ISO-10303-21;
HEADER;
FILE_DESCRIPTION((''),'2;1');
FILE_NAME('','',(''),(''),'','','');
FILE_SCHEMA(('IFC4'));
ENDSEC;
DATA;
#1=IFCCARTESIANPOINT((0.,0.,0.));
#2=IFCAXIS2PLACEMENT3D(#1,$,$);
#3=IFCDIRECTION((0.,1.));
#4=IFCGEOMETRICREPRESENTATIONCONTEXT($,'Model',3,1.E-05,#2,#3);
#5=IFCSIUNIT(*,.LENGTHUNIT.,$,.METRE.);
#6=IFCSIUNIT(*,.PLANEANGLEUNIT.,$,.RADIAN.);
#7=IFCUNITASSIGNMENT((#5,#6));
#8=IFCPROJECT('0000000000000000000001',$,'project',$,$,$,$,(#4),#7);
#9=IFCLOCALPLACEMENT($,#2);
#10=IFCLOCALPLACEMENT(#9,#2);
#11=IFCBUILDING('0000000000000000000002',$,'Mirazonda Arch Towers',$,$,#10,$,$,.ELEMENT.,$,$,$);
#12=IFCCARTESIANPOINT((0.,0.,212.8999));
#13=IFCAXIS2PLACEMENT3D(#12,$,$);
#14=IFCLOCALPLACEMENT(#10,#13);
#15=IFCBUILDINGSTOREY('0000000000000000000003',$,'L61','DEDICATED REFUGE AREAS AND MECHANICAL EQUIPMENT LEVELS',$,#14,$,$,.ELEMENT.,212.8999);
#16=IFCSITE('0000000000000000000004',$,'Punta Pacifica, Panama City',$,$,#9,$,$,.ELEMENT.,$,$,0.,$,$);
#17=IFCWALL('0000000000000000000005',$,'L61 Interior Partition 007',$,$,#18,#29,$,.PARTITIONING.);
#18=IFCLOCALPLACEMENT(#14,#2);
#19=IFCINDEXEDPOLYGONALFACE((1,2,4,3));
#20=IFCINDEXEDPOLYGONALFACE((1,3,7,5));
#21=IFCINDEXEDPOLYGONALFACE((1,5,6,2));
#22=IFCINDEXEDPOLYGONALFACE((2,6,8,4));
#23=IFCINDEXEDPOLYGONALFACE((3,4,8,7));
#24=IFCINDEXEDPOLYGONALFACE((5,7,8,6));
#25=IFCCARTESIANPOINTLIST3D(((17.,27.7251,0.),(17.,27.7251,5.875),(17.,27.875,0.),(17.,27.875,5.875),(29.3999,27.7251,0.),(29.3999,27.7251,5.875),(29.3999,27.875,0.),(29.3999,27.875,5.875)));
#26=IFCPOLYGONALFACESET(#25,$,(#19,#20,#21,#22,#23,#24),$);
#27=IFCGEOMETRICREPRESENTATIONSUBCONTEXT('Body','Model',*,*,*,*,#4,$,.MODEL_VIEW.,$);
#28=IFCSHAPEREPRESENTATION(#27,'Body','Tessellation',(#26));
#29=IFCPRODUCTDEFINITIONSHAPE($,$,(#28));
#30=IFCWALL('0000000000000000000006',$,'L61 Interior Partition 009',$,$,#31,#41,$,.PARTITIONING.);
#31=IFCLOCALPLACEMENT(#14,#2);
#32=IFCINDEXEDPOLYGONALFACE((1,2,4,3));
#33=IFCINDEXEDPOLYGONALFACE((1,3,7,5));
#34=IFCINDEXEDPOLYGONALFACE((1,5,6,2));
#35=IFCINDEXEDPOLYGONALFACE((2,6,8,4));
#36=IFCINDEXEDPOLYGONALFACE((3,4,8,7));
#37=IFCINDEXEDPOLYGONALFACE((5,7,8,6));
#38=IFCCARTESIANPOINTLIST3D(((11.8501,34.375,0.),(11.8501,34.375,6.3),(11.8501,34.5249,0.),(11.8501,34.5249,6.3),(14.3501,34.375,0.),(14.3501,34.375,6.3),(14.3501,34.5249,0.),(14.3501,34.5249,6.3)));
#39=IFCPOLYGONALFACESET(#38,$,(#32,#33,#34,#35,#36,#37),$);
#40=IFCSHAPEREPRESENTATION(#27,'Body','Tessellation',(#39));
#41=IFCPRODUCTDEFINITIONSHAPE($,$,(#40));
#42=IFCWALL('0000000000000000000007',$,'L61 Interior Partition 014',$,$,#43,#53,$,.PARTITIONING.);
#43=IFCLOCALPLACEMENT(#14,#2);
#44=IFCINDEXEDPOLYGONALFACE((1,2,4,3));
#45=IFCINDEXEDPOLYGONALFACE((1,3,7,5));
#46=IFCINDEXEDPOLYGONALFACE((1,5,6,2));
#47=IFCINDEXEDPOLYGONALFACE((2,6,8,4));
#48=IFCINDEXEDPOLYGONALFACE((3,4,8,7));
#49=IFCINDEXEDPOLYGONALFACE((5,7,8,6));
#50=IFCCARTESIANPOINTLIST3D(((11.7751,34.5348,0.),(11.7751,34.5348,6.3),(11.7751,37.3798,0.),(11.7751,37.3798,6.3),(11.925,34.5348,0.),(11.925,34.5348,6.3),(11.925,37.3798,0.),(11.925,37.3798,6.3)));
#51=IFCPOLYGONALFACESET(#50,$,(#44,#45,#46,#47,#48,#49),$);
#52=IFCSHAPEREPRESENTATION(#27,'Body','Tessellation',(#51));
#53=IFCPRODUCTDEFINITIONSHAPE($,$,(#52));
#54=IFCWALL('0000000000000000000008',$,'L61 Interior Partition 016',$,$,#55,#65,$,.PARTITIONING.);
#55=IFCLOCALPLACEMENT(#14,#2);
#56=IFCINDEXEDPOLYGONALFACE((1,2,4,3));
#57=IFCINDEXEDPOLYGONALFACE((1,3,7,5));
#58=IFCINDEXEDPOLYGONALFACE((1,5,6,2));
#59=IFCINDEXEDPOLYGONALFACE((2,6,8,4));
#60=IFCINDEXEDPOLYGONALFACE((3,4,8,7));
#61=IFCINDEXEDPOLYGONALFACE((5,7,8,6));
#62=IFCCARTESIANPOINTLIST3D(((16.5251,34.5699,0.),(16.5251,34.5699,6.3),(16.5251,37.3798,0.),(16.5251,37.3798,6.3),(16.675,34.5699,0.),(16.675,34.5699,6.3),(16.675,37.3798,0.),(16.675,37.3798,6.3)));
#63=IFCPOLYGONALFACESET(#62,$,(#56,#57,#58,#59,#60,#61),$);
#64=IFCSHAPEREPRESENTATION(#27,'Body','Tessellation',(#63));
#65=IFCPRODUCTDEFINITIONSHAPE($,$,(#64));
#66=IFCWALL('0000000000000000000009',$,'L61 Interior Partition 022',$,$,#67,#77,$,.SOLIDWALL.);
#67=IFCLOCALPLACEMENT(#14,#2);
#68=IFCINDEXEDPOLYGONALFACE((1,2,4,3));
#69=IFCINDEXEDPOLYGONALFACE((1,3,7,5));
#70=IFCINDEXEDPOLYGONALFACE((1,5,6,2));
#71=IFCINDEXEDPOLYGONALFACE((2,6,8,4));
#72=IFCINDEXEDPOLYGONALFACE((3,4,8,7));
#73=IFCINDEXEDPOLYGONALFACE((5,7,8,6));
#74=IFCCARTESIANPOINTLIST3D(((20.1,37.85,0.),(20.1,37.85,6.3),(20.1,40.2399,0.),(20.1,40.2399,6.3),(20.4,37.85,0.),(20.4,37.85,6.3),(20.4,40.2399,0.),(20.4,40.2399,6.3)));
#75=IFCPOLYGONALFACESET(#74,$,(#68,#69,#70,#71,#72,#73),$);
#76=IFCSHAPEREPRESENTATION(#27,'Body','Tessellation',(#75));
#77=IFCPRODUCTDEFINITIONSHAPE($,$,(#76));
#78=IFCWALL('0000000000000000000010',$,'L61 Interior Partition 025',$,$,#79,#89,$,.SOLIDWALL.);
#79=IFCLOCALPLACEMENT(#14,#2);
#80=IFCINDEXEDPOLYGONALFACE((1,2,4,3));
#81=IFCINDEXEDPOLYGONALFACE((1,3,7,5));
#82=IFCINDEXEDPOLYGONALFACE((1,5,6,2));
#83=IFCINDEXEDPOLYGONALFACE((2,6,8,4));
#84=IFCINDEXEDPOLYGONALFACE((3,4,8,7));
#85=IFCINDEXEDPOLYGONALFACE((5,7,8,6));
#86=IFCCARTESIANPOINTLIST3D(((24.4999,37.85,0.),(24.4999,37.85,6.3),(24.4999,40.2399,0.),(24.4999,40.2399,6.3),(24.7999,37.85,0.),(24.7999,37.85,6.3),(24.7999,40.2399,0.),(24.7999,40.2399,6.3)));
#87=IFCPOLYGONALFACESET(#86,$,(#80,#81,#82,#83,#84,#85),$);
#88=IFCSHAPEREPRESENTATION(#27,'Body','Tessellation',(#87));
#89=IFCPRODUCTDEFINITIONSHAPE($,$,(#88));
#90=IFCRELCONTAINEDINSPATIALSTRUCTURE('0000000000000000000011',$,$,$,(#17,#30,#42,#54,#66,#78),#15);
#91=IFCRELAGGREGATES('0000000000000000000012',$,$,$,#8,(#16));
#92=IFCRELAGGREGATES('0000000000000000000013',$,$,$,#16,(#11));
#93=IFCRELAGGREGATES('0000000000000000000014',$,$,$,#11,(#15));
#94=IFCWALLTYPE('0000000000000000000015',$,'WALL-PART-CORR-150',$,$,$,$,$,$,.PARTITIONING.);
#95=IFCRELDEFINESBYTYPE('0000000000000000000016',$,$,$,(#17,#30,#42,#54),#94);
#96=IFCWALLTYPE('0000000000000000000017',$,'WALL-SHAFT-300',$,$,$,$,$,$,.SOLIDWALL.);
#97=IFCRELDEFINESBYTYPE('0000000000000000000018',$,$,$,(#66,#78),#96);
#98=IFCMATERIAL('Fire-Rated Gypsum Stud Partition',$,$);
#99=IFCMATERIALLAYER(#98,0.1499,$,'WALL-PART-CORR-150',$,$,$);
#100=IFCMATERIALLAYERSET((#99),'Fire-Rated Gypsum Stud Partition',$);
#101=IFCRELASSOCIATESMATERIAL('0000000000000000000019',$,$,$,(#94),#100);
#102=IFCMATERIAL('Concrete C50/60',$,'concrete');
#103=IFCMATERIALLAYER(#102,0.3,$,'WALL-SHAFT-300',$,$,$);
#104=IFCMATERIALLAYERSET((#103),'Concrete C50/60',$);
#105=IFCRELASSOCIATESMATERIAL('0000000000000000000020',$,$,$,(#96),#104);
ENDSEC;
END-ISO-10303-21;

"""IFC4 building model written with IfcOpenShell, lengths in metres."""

from ifc_helpers import new_model, si_unit, direction, frame, frame_2d, origin, place, context, subcontext, project, spatial, rectangle, extrude, material, layer, layer_set, type_object, element, save


model = new_model("IFC4")

# Units and contexts
model_context = context("Model", 3, precision=1e-05, world=origin(), true_north=direction((0.0, 1.0)))
body_context = subcontext(model_context, "Body", "Model", "MODEL_VIEW")
ifc_project = project(units=[si_unit("LENGTHUNIT", "METRE"), si_unit("PLANEANGLEUNIT", "RADIAN")], contexts=[model_context])

# Site, building, storey
site_placement = place(None, origin())
site = spatial("IfcSite", under=ifc_project, at=site_placement, Name="Punta Pacifica, Panama City", CompositionType="ELEMENT", RefElevation=0.0)
building_placement = place(site_placement, origin())
building = spatial("IfcBuilding", under=site, at=building_placement, Name="Mirazonda Arch Towers", CompositionType="ELEMENT")
storey_placement = place(building_placement, frame((0.0, 0.0, 212.8999)))
storey = spatial("IfcBuildingStorey", under=building, at=storey_placement, Name="L61", Description="DEDICATED REFUGE AREAS AND MECHANICAL EQUIPMENT LEVELS", CompositionType="ELEMENT", Elevation=212.8999)

# Shared definitions
ifc_material_1 = material(Name="Concrete C50/60", Category="concrete")

# Walls
ifc_material_2 = material(Name="Fire-Rated Gypsum Stud Partition")
ifc_layer_1 = layer(ifc_material_2, 0.1499, Name="WALL-PART-CORR-150")
ifc_layer_set_1 = layer_set([ifc_layer_1], Name="Fire-Rated Gypsum Stud Partition")
wall_type_1 = type_object("IfcWallType", Name="WALL-PART-CORR-150", PredefinedType="PARTITIONING", material=ifc_layer_set_1)
wall_1_placement = place(storey_placement, frame((17.0, 27.8, 0.0), z_axis=(0.0, 0.0, 1.0), x_axis=(1.0, 0.0, 0.0)))
element("IfcWall", 1, at=wall_1_placement, inside=storey, type_object=wall_type_1, Name="L61 Interior Partition 007", PredefinedType="PARTITIONING", context=body_context, shape_type="SweptSolid", body=[
    extrude(rectangle(XDim=12.3999, YDim=0.1499, at=frame_2d((6.2, 0.0))), origin(), (0.0, 0.0, 1.0), 5.875),
])
wall_2_placement = place(storey_placement, frame((11.8501, 34.45, 0.0), z_axis=(0.0, 0.0, 1.0), x_axis=(1.0, 0.0, 0.0)))
element("IfcWall", 2, at=wall_2_placement, inside=storey, type_object=wall_type_1, Name="L61 Interior Partition 009", PredefinedType="PARTITIONING", context=body_context, shape_type="SweptSolid", body=[
    extrude(rectangle(XDim=2.5, YDim=0.1499, at=frame_2d((1.25, 0.0))), origin(), (0.0, 0.0, 1.0), 6.3),
])
wall_3_placement = place(storey_placement, frame((11.8501, 34.5349, 0.0), z_axis=(0.0, 0.0, 1.0), x_axis=(0.0, 1.0, 0.0)))
element("IfcWall", 3, at=wall_3_placement, inside=storey, type_object=wall_type_1, Name="L61 Interior Partition 014", PredefinedType="PARTITIONING", context=body_context, shape_type="SweptSolid", body=[
    extrude(rectangle(XDim=2.845, YDim=0.1499, at=frame_2d((1.4224, 0.0))), origin(), (0.0, 0.0, 1.0), 6.3),
])
wall_4_placement = place(storey_placement, frame((16.6001, 34.5701, 0.0), z_axis=(0.0, 0.0, 1.0), x_axis=(0.0, 1.0, 0.0)))
element("IfcWall", 4, at=wall_4_placement, inside=storey, type_object=wall_type_1, Name="L61 Interior Partition 016", PredefinedType="PARTITIONING", context=body_context, shape_type="SweptSolid", body=[
    extrude(rectangle(XDim=2.8098, YDim=0.1499, at=frame_2d((1.4048, 0.0))), origin(), (0.0, 0.0, 1.0), 6.3),
])
ifc_layer_2 = layer(ifc_material_1, 0.3, Name="WALL-SHAFT-300")
ifc_layer_set_2 = layer_set([ifc_layer_2], Name="Concrete C50/60")
wall_type_2 = type_object("IfcWallType", Name="WALL-SHAFT-300", PredefinedType="SOLIDWALL", material=ifc_layer_set_2)
for number, where, z_axis, x_axis, name in (
    (5, (20.25, 37.8501, 0.0), (0.0, 0.0, 1.0), (0.0, 1.0, 0.0), "L61 Interior Partition 022"),
    (6, (24.6499, 37.8501, 0.0), (0.0, 0.0, 1.0), (0.0, 1.0, 0.0), "L61 Interior Partition 025"),
):
    element("IfcWall", number, at=place(storey_placement, frame(where, z_axis=z_axis, x_axis=x_axis)), inside=storey, type_object=wall_type_2, Name=name, PredefinedType="SOLIDWALL", context=body_context, shape_type="SweptSolid", body=[
        extrude(rectangle(XDim=2.3899, YDim=0.3, at=frame_2d((1.1948, 0.0))), origin(), (0.0, 0.0, 1.0), 6.3),
    ])

save(model, "model.ifc")
